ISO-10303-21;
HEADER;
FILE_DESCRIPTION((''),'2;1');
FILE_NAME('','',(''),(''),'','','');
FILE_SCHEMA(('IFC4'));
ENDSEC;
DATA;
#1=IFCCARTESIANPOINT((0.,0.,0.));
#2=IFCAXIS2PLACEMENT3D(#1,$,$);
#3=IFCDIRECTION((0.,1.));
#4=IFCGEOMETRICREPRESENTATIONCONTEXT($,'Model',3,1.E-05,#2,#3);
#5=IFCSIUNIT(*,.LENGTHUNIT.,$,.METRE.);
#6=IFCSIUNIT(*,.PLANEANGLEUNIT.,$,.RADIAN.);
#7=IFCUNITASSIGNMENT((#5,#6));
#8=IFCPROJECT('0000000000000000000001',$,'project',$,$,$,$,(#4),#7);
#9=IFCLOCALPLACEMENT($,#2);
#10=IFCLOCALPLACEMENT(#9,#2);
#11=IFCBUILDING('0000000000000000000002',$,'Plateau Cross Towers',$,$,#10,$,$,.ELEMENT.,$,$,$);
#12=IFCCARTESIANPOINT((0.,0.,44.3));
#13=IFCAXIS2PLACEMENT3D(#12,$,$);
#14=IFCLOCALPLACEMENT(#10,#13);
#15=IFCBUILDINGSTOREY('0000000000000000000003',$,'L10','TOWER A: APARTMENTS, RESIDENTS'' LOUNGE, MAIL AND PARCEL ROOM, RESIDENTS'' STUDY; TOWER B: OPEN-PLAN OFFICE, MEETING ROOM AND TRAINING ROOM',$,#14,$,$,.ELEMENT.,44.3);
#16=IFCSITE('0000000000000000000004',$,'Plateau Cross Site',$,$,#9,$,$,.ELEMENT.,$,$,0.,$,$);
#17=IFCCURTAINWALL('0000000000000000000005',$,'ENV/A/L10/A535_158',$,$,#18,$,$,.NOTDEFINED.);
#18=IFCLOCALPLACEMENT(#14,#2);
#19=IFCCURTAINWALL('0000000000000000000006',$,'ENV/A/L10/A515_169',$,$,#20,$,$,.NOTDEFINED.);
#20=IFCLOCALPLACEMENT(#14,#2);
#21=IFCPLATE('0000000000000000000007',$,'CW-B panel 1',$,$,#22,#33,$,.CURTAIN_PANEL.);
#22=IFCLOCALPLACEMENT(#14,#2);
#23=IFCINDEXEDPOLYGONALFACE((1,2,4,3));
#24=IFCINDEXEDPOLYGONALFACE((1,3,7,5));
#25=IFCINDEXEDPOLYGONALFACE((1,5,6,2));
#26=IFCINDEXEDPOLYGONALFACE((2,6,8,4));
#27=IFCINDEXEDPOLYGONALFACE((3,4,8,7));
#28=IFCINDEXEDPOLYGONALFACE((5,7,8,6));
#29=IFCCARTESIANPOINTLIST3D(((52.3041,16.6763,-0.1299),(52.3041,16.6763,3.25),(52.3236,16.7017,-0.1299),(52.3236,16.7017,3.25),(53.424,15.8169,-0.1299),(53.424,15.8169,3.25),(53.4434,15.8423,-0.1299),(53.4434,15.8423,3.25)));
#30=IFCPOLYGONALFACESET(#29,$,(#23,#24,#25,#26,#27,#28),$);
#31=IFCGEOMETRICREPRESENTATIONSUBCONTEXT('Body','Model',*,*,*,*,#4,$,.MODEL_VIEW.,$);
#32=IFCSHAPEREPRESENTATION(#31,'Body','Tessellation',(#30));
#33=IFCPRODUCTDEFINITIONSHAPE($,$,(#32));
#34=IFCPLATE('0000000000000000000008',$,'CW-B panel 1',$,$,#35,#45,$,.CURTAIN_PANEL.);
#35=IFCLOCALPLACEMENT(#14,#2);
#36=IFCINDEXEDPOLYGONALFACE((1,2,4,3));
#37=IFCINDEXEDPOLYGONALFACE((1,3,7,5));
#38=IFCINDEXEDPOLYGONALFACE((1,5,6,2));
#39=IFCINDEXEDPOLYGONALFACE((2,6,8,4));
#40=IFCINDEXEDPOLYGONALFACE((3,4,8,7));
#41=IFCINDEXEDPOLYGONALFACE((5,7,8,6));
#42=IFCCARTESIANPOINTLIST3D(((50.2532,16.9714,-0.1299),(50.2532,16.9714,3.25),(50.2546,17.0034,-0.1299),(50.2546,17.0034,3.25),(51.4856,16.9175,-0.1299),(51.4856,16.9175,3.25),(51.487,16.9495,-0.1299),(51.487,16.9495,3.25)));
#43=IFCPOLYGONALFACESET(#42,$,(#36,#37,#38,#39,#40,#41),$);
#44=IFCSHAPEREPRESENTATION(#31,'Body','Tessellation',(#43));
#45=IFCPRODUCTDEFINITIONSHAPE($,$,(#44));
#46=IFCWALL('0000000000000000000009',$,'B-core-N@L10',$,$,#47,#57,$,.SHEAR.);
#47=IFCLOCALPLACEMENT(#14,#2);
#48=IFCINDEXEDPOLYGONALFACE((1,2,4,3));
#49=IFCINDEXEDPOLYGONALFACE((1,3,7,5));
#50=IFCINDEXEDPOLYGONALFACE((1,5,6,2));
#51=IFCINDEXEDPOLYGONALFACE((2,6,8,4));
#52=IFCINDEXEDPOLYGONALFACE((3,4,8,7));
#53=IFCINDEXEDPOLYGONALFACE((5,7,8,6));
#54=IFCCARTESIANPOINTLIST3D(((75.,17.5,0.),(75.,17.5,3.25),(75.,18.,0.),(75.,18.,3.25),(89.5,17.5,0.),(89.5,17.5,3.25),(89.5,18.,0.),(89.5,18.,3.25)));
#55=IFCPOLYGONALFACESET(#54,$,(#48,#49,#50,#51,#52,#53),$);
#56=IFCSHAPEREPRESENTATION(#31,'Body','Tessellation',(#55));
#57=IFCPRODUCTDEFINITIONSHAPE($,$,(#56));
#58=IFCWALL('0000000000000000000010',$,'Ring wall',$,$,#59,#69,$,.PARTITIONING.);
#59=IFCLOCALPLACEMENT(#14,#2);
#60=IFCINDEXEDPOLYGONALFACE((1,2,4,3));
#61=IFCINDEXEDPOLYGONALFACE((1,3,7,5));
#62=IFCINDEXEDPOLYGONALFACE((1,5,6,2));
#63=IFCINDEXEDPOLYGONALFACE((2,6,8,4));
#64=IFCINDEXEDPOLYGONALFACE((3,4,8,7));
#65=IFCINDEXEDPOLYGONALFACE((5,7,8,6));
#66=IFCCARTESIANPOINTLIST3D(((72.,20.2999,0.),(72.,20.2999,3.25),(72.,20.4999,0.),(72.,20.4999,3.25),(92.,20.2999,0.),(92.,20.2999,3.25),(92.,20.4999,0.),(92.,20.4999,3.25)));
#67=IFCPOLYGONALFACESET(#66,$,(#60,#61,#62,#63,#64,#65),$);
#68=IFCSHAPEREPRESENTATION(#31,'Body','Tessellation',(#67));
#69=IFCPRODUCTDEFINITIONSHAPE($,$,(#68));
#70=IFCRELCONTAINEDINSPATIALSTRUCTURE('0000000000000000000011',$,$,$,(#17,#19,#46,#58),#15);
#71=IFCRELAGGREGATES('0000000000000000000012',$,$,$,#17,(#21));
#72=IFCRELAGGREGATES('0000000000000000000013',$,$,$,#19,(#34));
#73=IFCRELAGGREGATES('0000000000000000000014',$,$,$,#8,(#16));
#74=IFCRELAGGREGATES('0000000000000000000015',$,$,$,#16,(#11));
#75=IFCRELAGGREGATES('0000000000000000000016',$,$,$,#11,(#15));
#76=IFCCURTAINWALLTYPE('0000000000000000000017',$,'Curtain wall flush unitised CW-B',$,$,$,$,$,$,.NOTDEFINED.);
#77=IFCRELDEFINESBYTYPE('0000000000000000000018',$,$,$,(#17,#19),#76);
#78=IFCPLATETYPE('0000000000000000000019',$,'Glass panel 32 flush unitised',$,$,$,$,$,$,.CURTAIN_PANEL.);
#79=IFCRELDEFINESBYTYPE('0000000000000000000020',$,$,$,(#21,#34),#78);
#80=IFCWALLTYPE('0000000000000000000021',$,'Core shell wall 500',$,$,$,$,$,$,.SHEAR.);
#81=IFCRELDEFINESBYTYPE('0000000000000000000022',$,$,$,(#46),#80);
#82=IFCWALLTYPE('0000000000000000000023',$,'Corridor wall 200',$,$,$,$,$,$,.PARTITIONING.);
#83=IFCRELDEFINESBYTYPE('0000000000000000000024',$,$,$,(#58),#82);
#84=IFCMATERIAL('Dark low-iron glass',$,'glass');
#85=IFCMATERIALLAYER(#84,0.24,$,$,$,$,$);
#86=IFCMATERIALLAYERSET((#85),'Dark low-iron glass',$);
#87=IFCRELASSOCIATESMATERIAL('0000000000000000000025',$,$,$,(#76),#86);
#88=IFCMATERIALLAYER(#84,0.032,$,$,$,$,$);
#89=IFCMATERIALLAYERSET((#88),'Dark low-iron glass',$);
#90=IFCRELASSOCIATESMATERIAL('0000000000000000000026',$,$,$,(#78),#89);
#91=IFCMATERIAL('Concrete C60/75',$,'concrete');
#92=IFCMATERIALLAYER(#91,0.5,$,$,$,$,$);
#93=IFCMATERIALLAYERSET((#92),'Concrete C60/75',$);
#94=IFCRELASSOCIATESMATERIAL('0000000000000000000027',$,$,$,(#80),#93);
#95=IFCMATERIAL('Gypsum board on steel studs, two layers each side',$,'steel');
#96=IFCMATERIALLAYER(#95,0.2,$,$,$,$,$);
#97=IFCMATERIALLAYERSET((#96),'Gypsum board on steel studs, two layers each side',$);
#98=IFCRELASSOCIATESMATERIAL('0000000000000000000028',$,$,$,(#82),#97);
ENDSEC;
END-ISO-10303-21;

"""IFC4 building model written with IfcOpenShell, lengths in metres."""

from ifc_helpers import new_model, si_unit, direction, frame, frame_2d, origin, origin_2d, place, context, subcontext, project, spatial, rectangle, extrude, material, layer, layer_set, type_object, element, aggregate, save


model = new_model("IFC4")

# Units and contexts
model_context = context("Model", 3, precision=1e-05, world=origin(), true_north=direction((0.0, 1.0)))
body_context = subcontext(model_context, "Body", "Model", "MODEL_VIEW")
ifc_project = project(units=[si_unit("LENGTHUNIT", "METRE"), si_unit("PLANEANGLEUNIT", "RADIAN")], contexts=[model_context])

# Site, building, storey
site_placement = place(None, origin())
site = spatial("IfcSite", under=ifc_project, at=site_placement, Name="Plateau Cross Site", CompositionType="ELEMENT", RefElevation=0.0)
building_placement = place(site_placement, origin())
building = spatial("IfcBuilding", under=site, at=building_placement, Name="Plateau Cross Towers", CompositionType="ELEMENT")
storey_placement = place(building_placement, frame((0.0, 0.0, 44.3)))
storey = spatial("IfcBuildingStorey", under=building, at=storey_placement, Name="L10", Description="TOWER A: APARTMENTS, RESIDENTS' LOUNGE, MAIL AND PARCEL ROOM, RESIDENTS' STUDY; TOWER B: OPEN-PLAN OFFICE, MEETING ROOM AND TRAINING ROOM", CompositionType="ELEMENT", Elevation=44.3)

# Shared definitions
ifc_material_1 = material(Name="Concrete C60/75", Category="concrete")

# Shared definitions
ifc_material_2 = material(Name="Dark low-iron glass", Category="glass")
ifc_layer_1 = layer(ifc_material_2, 0.24)
ifc_layer_set_1 = layer_set([ifc_layer_1], Name="Dark low-iron glass")
curtain_wall_type_1 = type_object("IfcCurtainWallType", Name="Curtain wall flush unitised CW-B", PredefinedType="NOTDEFINED", material=ifc_layer_set_1)

# Curtain wall
curtain_wall_1_placement = place(storey_placement, origin())
curtain_wall_1 = element("IfcCurtainWall", 1, at=curtain_wall_1_placement, inside=storey, type_object=curtain_wall_type_1, Name="ENV/A/L10/A535_158", PredefinedType="NOTDEFINED")

# Curtain wall
curtain_wall_2_placement = place(storey_placement, origin())
curtain_wall_2 = element("IfcCurtainWall", 2, at=curtain_wall_2_placement, inside=storey, type_object=curtain_wall_type_1, Name="ENV/A/L10/A515_169", PredefinedType="NOTDEFINED")

# Shared definitions
ifc_layer_2 = layer(ifc_material_2, 0.032)
ifc_layer_set_2 = layer_set([ifc_layer_2], Name="Dark low-iron glass")
plate_type_1 = type_object("IfcPlateType", Name="Glass panel 32 flush unitised", PredefinedType="CURTAIN_PANEL", material=ifc_layer_set_2)

# Plates
plate_1_placement = place(storey_placement, frame((52.8738, 16.2593, -0.1299), z_axis=(0.0, 0.0, 1.0), x_axis=(-0.793316, 0.608811, 0.0)))
plate_1 = element("IfcPlate", 3, at=plate_1_placement, type_object=plate_type_1, Name="CW-B panel 1", PredefinedType="CURTAIN_PANEL", context=body_context, shape_type="SweptSolid", body=[
    extrude(rectangle(XDim=1.4116, YDim=0.032, at=origin_2d()), origin(), (0.0, 0.0, 1.0), 3.3799),
])
aggregate(curtain_wall_1, [plate_1])
plate_2_placement = place(storey_placement, frame((50.8701, 16.9604, -0.1299), z_axis=(0.0, 0.0, 1.0), x_axis=(-0.999044, 0.043723, 0.0)))
plate_2 = element("IfcPlate", 4, at=plate_2_placement, type_object=plate_type_1, Name="CW-B panel 1", PredefinedType="CURTAIN_PANEL", context=body_context, shape_type="SweptSolid", body=[
    extrude(rectangle(XDim=1.2336, YDim=0.032, at=origin_2d()), origin(), (0.0, 0.0, 1.0), 3.3799),
])
aggregate(curtain_wall_2, [plate_2])

# Walls
ifc_layer_3 = layer(ifc_material_1, 0.5)
ifc_layer_set_3 = layer_set([ifc_layer_3], Name="Concrete C60/75")
wall_type_1 = type_object("IfcWallType", Name="Core shell wall 500", PredefinedType="SHEAR", material=ifc_layer_set_3)
wall_1_placement = place(storey_placement, frame((75.0, 17.75, 0.0), z_axis=(0.0, 0.0, 1.0), x_axis=(1.0, 0.0, 0.0)))
element("IfcWall", 5, at=wall_1_placement, inside=storey, type_object=wall_type_1, Name="B-core-N@L10", PredefinedType="SHEAR", context=body_context, shape_type="SweptSolid", body=[
    extrude(rectangle(XDim=14.5, YDim=0.5, at=frame_2d((7.25, 0.0))), origin(), (0.0, 0.0, 1.0), 3.25),
])
ifc_material_3 = material(Name="Gypsum board on steel studs, two layers each side", Category="steel")
ifc_layer_4 = layer(ifc_material_3, 0.2)
ifc_layer_set_4 = layer_set([ifc_layer_4], Name="Gypsum board on steel studs, two layers each side")
wall_type_2 = type_object("IfcWallType", Name="Corridor wall 200", PredefinedType="PARTITIONING", material=ifc_layer_set_4)
wall_2_placement = place(storey_placement, frame((72.0, 20.3999, 0.0), z_axis=(0.0, 0.0, 1.0), x_axis=(1.0, 0.0, 0.0)))
element("IfcWall", 6, at=wall_2_placement, inside=storey, type_object=wall_type_2, Name="Ring wall", PredefinedType="PARTITIONING", context=body_context, shape_type="SweptSolid", body=[
    extrude(rectangle(XDim=20.0, YDim=0.2, at=frame_2d((10.0, 0.0))), origin(), (0.0, 0.0, 1.0), 3.25),
])

save(model, "model.ifc")
